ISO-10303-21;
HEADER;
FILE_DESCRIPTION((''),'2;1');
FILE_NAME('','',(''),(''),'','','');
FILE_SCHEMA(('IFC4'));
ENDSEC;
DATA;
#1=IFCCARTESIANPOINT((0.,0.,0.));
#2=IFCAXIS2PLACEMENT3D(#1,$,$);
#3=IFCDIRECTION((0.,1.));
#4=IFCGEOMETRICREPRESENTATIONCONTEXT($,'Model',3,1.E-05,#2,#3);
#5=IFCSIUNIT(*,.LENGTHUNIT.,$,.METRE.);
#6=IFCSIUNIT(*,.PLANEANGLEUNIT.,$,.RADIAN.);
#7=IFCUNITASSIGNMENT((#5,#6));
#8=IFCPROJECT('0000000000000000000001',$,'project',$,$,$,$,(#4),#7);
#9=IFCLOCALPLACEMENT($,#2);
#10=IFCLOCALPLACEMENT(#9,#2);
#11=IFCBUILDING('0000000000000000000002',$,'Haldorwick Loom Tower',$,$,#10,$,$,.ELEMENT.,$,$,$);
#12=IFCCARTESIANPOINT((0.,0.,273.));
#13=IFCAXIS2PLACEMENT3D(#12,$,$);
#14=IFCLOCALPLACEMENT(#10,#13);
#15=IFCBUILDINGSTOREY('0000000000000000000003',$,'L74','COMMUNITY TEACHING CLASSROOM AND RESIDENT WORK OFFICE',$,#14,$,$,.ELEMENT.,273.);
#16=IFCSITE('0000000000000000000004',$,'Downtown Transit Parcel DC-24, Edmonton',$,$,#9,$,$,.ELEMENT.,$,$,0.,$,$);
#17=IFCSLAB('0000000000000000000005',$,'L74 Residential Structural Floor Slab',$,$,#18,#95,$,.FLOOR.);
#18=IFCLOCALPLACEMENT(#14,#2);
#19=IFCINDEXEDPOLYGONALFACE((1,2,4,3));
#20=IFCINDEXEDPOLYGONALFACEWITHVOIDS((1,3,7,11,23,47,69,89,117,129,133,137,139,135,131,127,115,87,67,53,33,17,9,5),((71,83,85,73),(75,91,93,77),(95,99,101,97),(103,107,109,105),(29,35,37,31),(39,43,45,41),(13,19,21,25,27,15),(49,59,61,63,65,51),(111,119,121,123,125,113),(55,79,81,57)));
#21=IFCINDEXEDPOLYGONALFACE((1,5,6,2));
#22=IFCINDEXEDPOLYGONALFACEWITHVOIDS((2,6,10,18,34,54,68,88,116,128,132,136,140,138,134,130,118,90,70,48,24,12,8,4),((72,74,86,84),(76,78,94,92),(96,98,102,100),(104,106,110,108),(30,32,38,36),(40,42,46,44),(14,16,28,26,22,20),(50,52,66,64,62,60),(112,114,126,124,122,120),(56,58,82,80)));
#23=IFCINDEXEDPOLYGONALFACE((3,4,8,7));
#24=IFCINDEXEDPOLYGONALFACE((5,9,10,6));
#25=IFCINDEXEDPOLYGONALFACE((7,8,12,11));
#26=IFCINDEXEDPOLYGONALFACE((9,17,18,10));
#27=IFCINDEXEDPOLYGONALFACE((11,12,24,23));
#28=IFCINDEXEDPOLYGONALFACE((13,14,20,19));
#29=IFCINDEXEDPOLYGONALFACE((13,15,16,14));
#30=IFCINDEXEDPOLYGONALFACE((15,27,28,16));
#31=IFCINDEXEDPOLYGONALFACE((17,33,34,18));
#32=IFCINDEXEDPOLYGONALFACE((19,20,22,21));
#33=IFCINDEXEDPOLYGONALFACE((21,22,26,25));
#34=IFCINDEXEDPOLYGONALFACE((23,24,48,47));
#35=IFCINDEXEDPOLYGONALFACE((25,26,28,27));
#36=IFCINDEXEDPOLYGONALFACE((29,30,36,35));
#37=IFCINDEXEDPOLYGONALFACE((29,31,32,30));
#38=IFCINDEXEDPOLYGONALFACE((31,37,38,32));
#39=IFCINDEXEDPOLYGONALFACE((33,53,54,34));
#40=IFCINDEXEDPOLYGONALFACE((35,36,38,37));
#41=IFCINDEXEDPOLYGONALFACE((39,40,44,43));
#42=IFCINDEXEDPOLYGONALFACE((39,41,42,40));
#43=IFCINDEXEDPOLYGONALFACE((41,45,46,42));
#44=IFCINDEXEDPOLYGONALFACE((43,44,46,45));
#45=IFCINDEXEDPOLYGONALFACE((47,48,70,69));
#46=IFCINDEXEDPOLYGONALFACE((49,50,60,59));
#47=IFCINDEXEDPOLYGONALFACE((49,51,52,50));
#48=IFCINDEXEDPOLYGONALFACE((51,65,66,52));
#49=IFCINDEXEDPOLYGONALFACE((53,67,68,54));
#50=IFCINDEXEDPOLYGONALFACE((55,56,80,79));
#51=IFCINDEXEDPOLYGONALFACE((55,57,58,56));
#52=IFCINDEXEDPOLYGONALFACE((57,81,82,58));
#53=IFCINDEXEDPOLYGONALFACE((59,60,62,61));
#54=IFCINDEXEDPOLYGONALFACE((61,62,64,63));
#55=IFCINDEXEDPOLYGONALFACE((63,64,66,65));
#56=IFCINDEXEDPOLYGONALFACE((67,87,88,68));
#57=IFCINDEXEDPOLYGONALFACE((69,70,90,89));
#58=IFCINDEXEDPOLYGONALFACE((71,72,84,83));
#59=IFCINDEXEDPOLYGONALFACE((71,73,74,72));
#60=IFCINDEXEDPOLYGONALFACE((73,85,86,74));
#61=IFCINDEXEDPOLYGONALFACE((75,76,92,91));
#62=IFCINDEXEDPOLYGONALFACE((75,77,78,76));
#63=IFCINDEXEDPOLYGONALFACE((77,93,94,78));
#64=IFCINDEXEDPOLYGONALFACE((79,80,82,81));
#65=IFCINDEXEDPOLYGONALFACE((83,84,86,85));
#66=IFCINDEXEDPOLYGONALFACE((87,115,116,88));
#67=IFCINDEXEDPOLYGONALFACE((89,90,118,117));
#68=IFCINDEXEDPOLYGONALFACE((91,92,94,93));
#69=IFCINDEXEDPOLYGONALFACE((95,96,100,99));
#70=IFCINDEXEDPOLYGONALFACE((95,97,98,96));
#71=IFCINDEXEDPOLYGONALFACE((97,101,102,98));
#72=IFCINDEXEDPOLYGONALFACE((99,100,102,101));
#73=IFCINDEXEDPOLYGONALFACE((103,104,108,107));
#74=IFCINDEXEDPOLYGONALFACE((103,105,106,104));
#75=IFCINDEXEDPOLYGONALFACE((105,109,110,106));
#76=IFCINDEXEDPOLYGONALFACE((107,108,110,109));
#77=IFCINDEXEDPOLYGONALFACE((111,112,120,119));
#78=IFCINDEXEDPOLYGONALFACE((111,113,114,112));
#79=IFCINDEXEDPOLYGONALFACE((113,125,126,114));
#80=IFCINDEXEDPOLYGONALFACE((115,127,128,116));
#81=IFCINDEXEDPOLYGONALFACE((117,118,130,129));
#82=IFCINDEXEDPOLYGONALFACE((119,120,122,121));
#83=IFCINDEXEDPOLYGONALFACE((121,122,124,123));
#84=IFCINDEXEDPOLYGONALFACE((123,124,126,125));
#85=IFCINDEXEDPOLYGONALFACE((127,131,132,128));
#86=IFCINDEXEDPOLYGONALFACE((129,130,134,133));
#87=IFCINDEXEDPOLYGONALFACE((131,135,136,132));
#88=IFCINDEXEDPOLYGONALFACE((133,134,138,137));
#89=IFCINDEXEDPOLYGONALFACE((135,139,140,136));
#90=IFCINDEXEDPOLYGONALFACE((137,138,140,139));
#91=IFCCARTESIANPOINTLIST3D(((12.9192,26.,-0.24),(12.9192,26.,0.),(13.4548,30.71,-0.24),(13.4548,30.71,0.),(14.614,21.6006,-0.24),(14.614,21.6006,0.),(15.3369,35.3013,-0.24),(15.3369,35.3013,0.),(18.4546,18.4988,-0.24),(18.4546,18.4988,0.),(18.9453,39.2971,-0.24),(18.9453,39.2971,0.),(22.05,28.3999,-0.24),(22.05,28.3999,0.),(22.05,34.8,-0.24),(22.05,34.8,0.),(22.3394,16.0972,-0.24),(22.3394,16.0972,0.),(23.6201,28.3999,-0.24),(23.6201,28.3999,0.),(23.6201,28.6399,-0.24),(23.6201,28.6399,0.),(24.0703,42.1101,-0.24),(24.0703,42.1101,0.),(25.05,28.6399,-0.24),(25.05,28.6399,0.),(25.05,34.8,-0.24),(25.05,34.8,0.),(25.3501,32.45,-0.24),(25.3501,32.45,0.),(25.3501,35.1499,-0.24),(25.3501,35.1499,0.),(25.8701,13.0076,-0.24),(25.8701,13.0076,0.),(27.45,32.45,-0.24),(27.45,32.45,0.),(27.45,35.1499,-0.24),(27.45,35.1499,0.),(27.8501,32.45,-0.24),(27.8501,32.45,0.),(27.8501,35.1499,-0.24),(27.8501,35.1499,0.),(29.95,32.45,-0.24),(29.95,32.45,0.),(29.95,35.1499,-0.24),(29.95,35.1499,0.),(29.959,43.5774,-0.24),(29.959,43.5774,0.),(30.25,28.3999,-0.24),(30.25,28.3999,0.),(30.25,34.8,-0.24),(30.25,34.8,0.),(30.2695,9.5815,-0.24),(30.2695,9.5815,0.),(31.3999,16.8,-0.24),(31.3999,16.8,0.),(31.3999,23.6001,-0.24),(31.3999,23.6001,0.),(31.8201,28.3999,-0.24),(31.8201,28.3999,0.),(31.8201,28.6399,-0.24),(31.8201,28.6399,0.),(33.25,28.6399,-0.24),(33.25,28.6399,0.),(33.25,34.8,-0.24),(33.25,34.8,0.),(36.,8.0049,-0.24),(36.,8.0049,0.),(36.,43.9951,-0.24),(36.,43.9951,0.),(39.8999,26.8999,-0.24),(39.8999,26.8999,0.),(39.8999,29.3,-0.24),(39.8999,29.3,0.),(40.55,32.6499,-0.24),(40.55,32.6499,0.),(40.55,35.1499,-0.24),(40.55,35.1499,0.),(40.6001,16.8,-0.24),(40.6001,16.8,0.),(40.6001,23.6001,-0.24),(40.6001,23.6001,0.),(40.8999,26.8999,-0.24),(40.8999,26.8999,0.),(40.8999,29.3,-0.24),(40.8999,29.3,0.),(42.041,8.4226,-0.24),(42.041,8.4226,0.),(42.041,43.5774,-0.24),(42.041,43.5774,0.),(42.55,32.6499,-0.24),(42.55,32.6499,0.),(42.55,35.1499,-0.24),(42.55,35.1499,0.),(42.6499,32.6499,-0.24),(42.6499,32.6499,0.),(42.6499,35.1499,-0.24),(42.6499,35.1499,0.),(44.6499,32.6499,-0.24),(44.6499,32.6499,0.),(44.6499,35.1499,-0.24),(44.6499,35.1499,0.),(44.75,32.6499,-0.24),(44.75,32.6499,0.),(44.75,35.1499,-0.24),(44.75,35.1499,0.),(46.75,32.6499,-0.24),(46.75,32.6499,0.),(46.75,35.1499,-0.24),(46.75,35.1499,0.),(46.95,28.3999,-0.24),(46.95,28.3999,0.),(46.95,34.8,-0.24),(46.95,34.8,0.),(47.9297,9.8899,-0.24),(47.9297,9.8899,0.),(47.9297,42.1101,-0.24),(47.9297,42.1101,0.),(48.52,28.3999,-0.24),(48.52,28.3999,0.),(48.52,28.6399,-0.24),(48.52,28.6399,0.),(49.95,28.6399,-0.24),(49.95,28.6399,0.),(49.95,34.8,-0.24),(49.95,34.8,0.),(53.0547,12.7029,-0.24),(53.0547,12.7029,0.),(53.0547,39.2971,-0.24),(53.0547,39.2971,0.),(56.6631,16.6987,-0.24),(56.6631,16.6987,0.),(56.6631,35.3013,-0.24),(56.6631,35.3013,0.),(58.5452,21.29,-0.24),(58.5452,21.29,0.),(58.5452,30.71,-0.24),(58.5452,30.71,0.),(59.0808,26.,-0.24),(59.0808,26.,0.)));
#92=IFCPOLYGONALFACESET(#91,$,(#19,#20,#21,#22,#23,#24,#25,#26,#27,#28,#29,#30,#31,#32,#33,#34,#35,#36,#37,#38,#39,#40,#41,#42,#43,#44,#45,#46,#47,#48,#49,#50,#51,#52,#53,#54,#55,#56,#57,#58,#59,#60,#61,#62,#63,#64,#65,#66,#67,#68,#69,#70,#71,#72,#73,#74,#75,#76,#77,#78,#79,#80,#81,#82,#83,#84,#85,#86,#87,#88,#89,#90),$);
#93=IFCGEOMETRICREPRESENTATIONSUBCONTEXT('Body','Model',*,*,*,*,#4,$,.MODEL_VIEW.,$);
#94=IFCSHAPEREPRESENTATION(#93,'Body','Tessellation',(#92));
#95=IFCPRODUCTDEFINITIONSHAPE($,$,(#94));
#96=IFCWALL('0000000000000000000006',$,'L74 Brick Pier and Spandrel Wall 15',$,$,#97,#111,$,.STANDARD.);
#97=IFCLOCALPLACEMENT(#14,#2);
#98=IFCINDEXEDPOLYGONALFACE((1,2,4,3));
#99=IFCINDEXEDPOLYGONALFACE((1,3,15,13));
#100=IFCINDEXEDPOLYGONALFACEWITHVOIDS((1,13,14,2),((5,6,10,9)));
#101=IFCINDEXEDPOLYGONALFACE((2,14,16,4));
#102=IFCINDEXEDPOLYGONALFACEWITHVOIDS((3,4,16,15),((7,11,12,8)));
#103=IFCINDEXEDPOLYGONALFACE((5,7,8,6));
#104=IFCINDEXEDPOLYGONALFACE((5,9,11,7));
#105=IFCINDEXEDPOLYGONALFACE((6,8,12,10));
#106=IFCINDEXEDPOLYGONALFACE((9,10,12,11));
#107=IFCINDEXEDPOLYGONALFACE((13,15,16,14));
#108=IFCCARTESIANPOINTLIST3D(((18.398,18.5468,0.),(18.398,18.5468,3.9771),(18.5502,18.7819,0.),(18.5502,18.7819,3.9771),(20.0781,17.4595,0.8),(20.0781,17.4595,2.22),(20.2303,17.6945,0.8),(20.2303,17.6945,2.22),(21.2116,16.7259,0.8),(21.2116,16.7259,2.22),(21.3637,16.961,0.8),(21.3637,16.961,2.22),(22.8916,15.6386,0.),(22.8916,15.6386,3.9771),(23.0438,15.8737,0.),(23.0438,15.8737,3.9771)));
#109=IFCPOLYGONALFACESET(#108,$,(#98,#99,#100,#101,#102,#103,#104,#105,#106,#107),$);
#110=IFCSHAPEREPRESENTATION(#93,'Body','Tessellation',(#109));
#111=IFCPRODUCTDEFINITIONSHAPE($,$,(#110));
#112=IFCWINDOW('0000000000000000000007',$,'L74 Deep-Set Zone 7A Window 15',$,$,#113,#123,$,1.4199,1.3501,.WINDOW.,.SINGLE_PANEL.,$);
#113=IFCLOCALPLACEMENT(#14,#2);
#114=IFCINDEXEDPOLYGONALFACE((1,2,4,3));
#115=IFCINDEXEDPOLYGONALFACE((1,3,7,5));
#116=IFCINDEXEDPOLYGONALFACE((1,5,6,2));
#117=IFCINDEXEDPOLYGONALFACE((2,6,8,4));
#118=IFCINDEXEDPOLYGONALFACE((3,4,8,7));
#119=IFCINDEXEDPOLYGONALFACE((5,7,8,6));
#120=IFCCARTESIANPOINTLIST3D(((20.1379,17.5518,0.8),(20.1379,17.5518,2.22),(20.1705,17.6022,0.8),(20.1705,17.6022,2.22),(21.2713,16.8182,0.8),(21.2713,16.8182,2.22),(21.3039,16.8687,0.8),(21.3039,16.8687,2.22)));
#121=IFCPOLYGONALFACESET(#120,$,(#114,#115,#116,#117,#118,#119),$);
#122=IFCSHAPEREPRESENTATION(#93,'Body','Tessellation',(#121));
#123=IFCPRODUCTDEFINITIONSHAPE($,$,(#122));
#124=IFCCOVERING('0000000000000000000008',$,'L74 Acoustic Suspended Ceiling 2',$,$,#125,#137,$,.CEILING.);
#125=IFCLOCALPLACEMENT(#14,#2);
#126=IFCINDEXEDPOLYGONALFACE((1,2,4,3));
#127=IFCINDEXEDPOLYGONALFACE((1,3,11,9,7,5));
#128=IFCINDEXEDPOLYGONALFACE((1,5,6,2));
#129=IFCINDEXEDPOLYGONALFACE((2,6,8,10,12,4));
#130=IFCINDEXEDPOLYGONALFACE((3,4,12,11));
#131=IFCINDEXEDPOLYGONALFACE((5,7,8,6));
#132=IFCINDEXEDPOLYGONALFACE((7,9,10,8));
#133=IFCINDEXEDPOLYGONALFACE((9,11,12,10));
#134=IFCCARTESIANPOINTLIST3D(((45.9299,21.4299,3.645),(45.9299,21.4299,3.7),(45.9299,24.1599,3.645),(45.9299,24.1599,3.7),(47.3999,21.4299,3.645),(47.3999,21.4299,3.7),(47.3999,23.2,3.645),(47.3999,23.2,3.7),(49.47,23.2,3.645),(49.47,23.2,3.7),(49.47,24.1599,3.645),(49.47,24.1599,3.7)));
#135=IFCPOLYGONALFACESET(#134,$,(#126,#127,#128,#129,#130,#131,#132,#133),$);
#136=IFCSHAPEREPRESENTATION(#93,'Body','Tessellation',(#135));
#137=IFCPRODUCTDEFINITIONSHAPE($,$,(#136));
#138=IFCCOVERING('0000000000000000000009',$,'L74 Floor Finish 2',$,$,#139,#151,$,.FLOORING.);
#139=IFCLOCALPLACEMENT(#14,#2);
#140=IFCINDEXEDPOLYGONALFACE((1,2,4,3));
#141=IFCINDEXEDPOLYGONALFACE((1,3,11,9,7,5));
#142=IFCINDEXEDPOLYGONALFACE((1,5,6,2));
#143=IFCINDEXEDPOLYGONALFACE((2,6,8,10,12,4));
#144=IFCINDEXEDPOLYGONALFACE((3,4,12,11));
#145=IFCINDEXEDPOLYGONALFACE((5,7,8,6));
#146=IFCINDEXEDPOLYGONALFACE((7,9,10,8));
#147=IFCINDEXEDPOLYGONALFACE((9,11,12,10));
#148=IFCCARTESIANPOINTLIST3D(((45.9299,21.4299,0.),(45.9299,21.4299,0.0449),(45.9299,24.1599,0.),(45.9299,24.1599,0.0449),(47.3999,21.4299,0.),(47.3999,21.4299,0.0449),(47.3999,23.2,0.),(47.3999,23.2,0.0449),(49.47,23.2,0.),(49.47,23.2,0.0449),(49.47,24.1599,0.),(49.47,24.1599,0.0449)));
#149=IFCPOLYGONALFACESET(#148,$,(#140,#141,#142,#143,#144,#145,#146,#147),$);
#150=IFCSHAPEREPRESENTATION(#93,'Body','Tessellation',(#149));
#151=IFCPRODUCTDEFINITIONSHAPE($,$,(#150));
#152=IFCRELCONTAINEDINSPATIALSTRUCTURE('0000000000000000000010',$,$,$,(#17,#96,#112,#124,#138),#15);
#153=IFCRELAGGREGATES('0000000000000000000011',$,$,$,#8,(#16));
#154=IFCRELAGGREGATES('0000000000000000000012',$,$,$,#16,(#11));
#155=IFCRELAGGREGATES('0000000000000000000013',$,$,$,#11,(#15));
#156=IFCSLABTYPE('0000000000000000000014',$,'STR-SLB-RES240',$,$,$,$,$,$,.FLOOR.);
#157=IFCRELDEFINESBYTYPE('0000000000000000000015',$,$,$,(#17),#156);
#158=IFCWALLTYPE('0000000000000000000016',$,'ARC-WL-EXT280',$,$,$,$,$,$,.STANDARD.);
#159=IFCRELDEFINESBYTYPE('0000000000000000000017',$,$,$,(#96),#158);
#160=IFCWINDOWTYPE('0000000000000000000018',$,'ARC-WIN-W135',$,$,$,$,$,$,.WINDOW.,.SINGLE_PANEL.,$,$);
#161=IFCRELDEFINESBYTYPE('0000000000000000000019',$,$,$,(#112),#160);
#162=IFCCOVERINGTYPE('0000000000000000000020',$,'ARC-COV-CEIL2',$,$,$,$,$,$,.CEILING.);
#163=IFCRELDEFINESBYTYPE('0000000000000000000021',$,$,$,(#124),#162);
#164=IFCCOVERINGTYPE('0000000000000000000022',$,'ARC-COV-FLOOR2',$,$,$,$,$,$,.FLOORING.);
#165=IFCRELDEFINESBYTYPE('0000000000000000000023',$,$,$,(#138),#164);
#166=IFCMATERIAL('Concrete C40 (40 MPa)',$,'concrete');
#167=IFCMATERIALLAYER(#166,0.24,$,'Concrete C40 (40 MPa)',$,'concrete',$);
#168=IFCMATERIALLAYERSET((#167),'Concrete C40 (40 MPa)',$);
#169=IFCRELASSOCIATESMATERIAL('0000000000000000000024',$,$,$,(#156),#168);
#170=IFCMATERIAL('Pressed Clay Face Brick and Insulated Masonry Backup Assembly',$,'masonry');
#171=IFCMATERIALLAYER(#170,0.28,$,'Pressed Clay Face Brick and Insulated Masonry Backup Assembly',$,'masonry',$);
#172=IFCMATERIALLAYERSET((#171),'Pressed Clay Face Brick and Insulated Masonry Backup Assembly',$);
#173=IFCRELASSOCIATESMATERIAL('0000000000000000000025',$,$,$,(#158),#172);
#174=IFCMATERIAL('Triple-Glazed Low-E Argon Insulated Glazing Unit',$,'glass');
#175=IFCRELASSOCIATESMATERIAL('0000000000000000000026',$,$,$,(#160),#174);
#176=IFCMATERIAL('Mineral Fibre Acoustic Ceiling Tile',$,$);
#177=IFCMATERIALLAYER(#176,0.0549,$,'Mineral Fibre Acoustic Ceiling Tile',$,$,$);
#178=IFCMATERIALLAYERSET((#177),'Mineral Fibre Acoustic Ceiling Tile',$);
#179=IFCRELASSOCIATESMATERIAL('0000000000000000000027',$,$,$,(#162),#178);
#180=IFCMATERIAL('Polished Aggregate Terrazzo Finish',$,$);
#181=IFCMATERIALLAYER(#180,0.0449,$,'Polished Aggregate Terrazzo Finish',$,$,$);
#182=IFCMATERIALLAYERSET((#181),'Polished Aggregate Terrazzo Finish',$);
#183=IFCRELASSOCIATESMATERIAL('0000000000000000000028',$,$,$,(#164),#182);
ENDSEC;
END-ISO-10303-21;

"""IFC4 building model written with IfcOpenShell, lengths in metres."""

from ifc_helpers import new_model, si_unit, direction, frame, frame_2d, origin, place, context, subcontext, project, spatial, polyline, rectangle, outline, extrude, material, layer, layer_set, type_object, element, fill, save


model = new_model("IFC4")

# Units and contexts
model_context = context("Model", 3, precision=1e-05, world=origin(), true_north=direction((0.0, 1.0)))
body_context = subcontext(model_context, "Body", "Model", "MODEL_VIEW")
ifc_project = project(units=[si_unit("LENGTHUNIT", "METRE"), si_unit("PLANEANGLEUNIT", "RADIAN")], contexts=[model_context])

# Site, building, storey
site_placement = place(None, origin())
site = spatial("IfcSite", under=ifc_project, at=site_placement, Name="Downtown Transit Parcel DC-24, Edmonton", CompositionType="ELEMENT", RefElevation=0.0)
building_placement = place(site_placement, origin())
building = spatial("IfcBuilding", under=site, at=building_placement, Name="Haldorwick Loom Tower", CompositionType="ELEMENT")
storey_placement = place(building_placement, frame((0.0, 0.0, 273.0)))
storey = spatial("IfcBuildingStorey", under=building, at=storey_placement, Name="L74", Description="COMMUNITY TEACHING CLASSROOM AND RESIDENT WORK OFFICE", CompositionType="ELEMENT", Elevation=273.0)

# Shared definitions
ifc_material_1 = material(Name="Concrete C40 (40 MPa)", Category="concrete")

# Slab
ifc_layer_1 = layer(ifc_material_1, 0.24, Name="Concrete C40 (40 MPa)", Category="concrete")
ifc_layer_set_1 = layer_set([ifc_layer_1], Name="Concrete C40 (40 MPa)")
slab_type_1 = type_object("IfcSlabType", Name="STR-SLB-RES240", PredefinedType="FLOOR", material=ifc_layer_set_1)
slab_1_placement = place(storey_placement, frame((0.0, 0.0, -0.24)))
element("IfcSlab", 1, at=slab_1_placement, inside=storey, type_object=slab_type_1, Name="L74 Residential Structural Floor Slab", PredefinedType="FLOOR", context=body_context, shape_type="SweptSolid", body=[
    extrude(outline(polyline([(53.0547, 12.7029), (56.6631, 16.6987), (58.5452, 21.29), (59.0808, 26.0), (58.5452, 30.71), (56.6631, 35.3013), (53.0547, 39.2971), (47.9297, 42.1101), (42.041, 43.5774), (36.0, 43.9951), (29.959, 43.5774), (24.0703, 42.1101), (18.9453, 39.2971), (15.3369, 35.3013), (13.4548, 30.71), (12.9192, 26.0), (14.614, 21.6006), (18.4546, 18.4988), (22.3394, 16.0972), (25.8701, 13.0076), (30.2695, 9.5815), (36.0, 8.0049), (42.041, 8.4226), (47.9297, 9.8899), (53.0547, 12.7029)]), holes=[polyline([(31.3999, 16.8), (31.3999, 23.6001), (40.6001, 23.6001), (40.6001, 16.8), (31.3999, 16.8)]), polyline([(40.8999, 26.8999), (39.8999, 26.8999), (39.8999, 29.3), (40.8999, 29.3), (40.8999, 26.8999)]), polyline([(23.6201, 28.3999), (22.05, 28.3999), (22.05, 34.8), (25.05, 34.8), (25.05, 28.6399), (23.6201, 28.6399), (23.6201, 28.3999)]), polyline([(30.25, 28.3999), (30.25, 34.8), (33.25, 34.8), (33.25, 28.6399), (31.8201, 28.6399), (31.8201, 28.3999), (30.25, 28.3999)]), polyline([(46.95, 28.3999), (46.95, 34.8), (49.95, 34.8), (49.95, 28.6399), (48.52, 28.6399), (48.52, 28.3999), (46.95, 28.3999)]), polyline([(27.45, 32.45), (25.3501, 32.45), (25.3501, 35.1499), (27.45, 35.1499), (27.45, 32.45)]), polyline([(29.95, 32.45), (27.8501, 32.45), (27.8501, 35.1499), (29.95, 35.1499), (29.95, 32.45)]), polyline([(42.55, 32.6499), (40.55, 32.6499), (40.55, 35.1499), (42.55, 35.1499), (42.55, 32.6499)]), polyline([(42.6499, 32.6499), (42.6499, 35.1499), (44.6499, 35.1499), (44.6499, 32.6499), (42.6499, 32.6499)]), polyline([(44.75, 32.6499), (44.75, 35.1499), (46.75, 35.1499), (46.75, 32.6499), (44.75, 32.6499)])]), origin(), (0.0, 0.0, 1.0), 0.24),
])

# Wall, opening, window
ifc_material_2 = material(Name="Pressed Clay Face Brick and Insulated Masonry Backup Assembly", Category="masonry")
ifc_layer_2 = layer(ifc_material_2, 0.28, Name="Pressed Clay Face Brick and Insulated Masonry Backup Assembly", Category="masonry")
ifc_layer_set_2 = layer_set([ifc_layer_2], Name="Pressed Clay Face Brick and Insulated Masonry Backup Assembly")
wall_type = type_object("IfcWallType", Name="ARC-WL-EXT280", PredefinedType="STANDARD", material=ifc_layer_set_2)
wall_placement = place(storey_placement, frame((18.4741, 18.6643, 0.0), z_axis=(0.0, 0.0, 1.0), x_axis=(0.839524, -0.543323, 0.0)))
wall = element("IfcWall", 2, at=wall_placement, inside=storey, type_object=wall_type, Name="L74 Brick Pier and Spandrel Wall 15", PredefinedType="STANDARD", context=body_context, shape_type="SweptSolid", body=[
    extrude(rectangle(XDim=5.3525, YDim=0.28, at=frame_2d((2.6763, 0.0))), origin(), (0.0, 0.0, 1.0), 3.9771),
])
opening_placement = place(wall_placement, frame((2.0012, 0.0, 0.8)))
opening = element("IfcOpeningElement", 3, at=opening_placement, cuts=wall, PredefinedType="OPENING", context=body_context, shape_type="SweptSolid", body=[
    extrude(rectangle(XDim=1.3501, YDim=1.4199, at=frame_2d((0.675, 0.71))), frame((0.0, 0.1499, 0.0), z_axis=(0.0, -1.0, 0.0), x_axis=(1.0, 0.0, 0.0)), (0.0, 0.0, 1.0), 0.3),
])
ifc_material_3 = material(Name="Triple-Glazed Low-E Argon Insulated Glazing Unit", Category="glass")
window_type = type_object("IfcWindowType", Name="ARC-WIN-W135", PartitioningType="SINGLE_PANEL", PredefinedType="WINDOW", material=ifc_material_3)
window_placement = place(opening_placement, origin())
window = element("IfcWindow", 4, at=window_placement, inside=storey, type_object=window_type, Name="L74 Deep-Set Zone 7A Window 15", OverallHeight=1.4199, OverallWidth=1.3501, PartitioningType="SINGLE_PANEL", PredefinedType="WINDOW", context=body_context, shape_type="SweptSolid", body=[
    extrude(rectangle(XDim=1.3501, YDim=1.4199, at=frame_2d((0.675, 0.71))), frame((0.0, 0.03, 0.0), z_axis=(0.0, -1.0, 0.0), x_axis=(1.0, 0.0, 0.0)), (0.0, 0.0, 1.0), 0.0601),
])
fill(opening, window)

# Coverings
ifc_material_4 = material(Name="Mineral Fibre Acoustic Ceiling Tile")
ifc_layer_3 = layer(ifc_material_4, 0.0549, Name="Mineral Fibre Acoustic Ceiling Tile")
ifc_layer_set_3 = layer_set([ifc_layer_3], Name="Mineral Fibre Acoustic Ceiling Tile")
covering_type_1 = type_object("IfcCoveringType", Name="ARC-COV-CEIL2", PredefinedType="CEILING", material=ifc_layer_set_3)
covering_1_placement = place(storey_placement, frame((0.0, 0.0, 3.645)))
element("IfcCovering", 5, at=covering_1_placement, inside=storey, type_object=covering_type_1, Name="L74 Acoustic Suspended Ceiling 2", PredefinedType="CEILING", context=body_context, shape_type="SweptSolid", body=[
    extrude(outline(polyline([(45.9299, 24.1599), (45.9299, 21.4299), (47.3999, 21.4299), (47.3999, 23.2), (49.47, 23.2), (49.47, 24.1599), (45.9299, 24.1599)])), origin(), (0.0, 0.0, 1.0), 0.0549),
])
ifc_material_5 = material(Name="Polished Aggregate Terrazzo Finish")
ifc_layer_4 = layer(ifc_material_5, 0.0449, Name="Polished Aggregate Terrazzo Finish")
ifc_layer_set_4 = layer_set([ifc_layer_4], Name="Polished Aggregate Terrazzo Finish")
covering_type_2 = type_object("IfcCoveringType", Name="ARC-COV-FLOOR2", PredefinedType="FLOORING", material=ifc_layer_set_4)
covering_2_placement = place(storey_placement, origin())
element("IfcCovering", 6, at=covering_2_placement, inside=storey, type_object=covering_type_2, Name="L74 Floor Finish 2", PredefinedType="FLOORING", context=body_context, shape_type="SweptSolid", body=[
    extrude(outline(polyline([(45.9299, 24.1599), (45.9299, 21.4299), (47.3999, 21.4299), (47.3999, 23.2), (49.47, 23.2), (49.47, 24.1599), (45.9299, 24.1599)])), origin(), (0.0, 0.0, 1.0), 0.0449),
])

save(model, "model.ifc")
